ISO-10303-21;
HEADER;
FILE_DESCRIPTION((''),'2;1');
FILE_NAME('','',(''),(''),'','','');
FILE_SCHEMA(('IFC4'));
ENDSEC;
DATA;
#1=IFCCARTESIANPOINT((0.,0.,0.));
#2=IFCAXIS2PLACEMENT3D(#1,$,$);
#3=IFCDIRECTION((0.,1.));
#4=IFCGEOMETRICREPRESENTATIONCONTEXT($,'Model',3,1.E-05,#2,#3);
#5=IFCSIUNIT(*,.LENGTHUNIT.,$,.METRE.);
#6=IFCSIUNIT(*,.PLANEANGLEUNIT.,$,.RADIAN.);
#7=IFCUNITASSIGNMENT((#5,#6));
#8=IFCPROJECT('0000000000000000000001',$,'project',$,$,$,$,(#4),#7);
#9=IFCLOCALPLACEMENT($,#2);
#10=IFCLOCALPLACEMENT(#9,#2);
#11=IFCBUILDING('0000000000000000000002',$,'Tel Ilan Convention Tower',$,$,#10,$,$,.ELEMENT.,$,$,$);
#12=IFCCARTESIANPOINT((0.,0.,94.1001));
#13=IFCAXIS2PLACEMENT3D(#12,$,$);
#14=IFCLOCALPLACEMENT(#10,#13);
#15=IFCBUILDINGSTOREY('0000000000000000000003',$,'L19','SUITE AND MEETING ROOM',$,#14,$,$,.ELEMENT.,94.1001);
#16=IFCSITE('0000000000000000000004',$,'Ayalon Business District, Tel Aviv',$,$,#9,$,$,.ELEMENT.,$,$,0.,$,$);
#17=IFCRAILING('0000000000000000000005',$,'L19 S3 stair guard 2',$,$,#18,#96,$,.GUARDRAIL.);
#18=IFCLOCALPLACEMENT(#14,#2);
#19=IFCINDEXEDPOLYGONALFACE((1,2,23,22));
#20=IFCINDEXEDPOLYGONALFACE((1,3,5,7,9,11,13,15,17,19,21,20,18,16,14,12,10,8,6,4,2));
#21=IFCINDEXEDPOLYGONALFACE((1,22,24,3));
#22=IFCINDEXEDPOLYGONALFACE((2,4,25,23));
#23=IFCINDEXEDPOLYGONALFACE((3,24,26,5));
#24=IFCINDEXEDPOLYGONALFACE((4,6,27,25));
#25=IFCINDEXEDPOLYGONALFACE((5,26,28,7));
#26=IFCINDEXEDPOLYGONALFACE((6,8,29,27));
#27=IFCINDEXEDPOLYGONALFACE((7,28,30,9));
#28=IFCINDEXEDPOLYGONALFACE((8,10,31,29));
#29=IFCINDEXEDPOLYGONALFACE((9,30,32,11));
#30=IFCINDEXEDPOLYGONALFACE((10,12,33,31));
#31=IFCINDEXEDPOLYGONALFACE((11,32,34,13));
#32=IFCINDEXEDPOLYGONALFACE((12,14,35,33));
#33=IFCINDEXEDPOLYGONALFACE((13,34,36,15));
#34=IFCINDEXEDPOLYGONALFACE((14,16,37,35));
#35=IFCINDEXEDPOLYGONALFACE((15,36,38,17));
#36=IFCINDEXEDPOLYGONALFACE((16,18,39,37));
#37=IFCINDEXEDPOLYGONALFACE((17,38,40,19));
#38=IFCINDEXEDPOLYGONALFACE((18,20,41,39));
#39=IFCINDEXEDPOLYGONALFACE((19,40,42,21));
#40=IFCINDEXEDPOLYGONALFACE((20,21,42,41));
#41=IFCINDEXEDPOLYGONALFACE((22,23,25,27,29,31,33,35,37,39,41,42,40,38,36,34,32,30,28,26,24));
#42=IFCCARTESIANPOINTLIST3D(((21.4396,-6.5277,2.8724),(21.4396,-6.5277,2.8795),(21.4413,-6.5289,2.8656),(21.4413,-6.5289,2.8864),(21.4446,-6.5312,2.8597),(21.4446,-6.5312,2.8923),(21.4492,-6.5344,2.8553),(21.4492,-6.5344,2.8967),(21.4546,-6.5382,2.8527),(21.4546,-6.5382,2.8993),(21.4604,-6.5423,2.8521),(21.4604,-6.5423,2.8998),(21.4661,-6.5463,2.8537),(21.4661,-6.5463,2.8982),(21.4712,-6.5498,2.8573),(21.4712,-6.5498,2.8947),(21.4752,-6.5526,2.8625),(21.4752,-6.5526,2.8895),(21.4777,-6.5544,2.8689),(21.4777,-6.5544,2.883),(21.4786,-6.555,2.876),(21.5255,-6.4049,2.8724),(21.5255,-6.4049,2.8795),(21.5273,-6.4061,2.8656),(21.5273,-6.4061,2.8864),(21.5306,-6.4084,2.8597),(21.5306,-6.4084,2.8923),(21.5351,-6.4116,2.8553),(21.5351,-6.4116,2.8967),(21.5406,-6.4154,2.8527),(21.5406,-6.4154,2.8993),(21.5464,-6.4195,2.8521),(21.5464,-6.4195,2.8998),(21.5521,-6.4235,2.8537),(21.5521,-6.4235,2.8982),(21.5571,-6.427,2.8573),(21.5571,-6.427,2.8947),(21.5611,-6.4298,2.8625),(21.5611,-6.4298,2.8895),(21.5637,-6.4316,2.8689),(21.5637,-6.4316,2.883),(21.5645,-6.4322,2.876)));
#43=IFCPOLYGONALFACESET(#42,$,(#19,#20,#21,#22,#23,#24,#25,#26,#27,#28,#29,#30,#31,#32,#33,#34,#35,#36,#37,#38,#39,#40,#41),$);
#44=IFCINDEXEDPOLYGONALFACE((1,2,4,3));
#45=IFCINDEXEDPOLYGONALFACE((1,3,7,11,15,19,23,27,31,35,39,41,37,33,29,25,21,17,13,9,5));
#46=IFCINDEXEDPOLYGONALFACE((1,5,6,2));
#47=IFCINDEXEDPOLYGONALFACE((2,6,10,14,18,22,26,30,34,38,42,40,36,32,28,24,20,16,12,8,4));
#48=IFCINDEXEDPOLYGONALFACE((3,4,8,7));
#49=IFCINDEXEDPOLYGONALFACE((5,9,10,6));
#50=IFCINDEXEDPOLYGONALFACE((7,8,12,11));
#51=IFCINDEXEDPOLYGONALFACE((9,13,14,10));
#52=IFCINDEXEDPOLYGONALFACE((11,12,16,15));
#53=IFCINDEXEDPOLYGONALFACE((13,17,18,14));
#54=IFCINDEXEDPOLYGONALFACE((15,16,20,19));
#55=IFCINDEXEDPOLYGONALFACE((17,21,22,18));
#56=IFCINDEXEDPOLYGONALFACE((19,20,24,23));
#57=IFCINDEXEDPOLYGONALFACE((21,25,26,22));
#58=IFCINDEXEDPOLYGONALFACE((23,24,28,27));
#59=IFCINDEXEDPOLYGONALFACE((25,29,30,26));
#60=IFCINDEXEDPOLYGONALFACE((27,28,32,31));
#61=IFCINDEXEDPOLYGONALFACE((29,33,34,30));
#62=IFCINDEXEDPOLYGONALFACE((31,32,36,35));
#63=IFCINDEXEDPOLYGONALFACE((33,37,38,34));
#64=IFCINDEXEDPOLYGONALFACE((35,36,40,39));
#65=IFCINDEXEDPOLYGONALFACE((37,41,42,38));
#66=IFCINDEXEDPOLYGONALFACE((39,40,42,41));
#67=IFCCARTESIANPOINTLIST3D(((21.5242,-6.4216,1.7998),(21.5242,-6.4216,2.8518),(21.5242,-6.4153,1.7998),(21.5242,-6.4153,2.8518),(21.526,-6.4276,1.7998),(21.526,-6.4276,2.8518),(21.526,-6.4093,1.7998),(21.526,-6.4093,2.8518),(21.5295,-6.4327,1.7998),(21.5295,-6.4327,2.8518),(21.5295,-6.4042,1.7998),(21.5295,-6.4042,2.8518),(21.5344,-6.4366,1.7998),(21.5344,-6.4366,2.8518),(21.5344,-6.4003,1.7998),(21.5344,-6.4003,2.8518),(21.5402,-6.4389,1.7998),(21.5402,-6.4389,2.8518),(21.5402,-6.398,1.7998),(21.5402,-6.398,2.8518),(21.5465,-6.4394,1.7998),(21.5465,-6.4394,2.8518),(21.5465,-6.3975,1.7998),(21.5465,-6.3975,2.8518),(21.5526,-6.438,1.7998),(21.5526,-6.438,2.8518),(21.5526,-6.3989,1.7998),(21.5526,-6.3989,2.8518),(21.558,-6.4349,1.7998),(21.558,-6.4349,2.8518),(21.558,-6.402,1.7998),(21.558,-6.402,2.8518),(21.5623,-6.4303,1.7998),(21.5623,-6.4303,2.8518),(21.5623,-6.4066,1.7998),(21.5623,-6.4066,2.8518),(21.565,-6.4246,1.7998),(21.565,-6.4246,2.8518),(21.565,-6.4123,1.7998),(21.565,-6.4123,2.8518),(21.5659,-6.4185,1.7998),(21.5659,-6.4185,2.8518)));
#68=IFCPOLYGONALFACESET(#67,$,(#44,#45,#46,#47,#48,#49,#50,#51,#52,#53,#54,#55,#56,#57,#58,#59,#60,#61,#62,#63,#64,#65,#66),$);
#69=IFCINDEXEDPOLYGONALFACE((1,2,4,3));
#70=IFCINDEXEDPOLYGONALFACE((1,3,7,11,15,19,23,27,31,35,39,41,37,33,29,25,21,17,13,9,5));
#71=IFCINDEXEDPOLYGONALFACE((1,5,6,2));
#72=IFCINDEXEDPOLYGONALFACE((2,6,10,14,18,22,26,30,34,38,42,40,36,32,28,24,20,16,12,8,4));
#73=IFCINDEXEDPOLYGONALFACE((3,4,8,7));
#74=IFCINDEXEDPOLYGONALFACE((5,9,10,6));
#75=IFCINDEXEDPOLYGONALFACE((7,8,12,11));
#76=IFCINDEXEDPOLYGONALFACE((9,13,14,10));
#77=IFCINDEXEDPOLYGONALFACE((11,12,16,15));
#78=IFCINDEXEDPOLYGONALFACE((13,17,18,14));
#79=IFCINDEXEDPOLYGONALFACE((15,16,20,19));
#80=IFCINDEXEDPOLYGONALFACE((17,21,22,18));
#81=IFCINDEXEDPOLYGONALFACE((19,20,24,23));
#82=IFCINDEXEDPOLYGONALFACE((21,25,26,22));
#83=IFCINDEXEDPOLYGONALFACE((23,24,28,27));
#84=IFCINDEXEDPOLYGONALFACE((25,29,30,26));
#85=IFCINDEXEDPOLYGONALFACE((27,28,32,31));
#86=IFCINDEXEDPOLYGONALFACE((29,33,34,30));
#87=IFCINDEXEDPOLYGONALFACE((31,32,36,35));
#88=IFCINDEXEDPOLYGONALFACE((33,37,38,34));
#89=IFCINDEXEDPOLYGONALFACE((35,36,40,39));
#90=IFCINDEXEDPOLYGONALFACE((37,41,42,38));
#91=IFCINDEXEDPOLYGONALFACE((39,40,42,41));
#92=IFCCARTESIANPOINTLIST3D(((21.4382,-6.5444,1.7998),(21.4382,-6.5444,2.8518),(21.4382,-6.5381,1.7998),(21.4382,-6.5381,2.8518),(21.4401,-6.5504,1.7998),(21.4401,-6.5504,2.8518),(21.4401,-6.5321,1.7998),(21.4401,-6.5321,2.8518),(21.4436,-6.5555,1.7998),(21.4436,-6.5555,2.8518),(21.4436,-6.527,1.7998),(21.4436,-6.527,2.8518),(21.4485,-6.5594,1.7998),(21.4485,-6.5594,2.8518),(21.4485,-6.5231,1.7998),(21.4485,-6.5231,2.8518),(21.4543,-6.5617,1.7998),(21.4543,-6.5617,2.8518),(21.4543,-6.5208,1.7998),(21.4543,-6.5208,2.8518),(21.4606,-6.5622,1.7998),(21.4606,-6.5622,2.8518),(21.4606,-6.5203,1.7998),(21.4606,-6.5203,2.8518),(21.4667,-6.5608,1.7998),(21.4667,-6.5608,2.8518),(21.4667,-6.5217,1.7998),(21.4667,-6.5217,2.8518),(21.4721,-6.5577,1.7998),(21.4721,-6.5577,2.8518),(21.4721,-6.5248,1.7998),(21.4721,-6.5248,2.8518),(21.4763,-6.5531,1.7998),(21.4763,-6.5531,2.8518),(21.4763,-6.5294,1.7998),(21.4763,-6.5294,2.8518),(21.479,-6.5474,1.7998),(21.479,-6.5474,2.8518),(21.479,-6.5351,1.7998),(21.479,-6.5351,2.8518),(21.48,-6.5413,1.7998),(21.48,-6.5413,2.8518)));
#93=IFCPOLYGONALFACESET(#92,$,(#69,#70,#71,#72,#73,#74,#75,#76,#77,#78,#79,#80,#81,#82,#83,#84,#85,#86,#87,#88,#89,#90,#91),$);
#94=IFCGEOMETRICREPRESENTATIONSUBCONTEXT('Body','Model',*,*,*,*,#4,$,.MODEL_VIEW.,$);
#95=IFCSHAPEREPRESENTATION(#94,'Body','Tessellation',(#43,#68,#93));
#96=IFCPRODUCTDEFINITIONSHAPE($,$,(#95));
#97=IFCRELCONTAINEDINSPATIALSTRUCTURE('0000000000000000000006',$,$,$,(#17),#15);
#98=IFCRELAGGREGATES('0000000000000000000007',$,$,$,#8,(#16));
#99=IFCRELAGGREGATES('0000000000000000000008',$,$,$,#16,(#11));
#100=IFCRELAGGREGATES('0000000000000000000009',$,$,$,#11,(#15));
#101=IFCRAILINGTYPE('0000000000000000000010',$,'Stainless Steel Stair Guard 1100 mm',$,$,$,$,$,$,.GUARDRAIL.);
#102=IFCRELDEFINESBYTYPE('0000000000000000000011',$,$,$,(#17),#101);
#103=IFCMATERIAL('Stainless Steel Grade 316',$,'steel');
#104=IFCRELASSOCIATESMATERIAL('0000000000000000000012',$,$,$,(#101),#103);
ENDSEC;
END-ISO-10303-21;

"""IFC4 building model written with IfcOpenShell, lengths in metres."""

from ifc_helpers import new_model, si_unit, direction, frame, origin, origin_2d, place, context, subcontext, project, spatial, circle, extrude, material, type_object, element, save


model = new_model("IFC4")

# Units and contexts
model_context = context("Model", 3, precision=1e-05, world=origin(), true_north=direction((0.0, 1.0)))
body_context = subcontext(model_context, "Body", "Model", "MODEL_VIEW")
ifc_project = project(units=[si_unit("LENGTHUNIT", "METRE"), si_unit("PLANEANGLEUNIT", "RADIAN")], contexts=[model_context])

# Site, building, storey
site_placement = place(None, origin())
site = spatial("IfcSite", under=ifc_project, at=site_placement, Name="Ayalon Business District, Tel Aviv", CompositionType="ELEMENT", RefElevation=0.0)
building_placement = place(site_placement, origin())
building = spatial("IfcBuilding", under=site, at=building_placement, Name="Tel Ilan Convention Tower", CompositionType="ELEMENT")
storey_placement = place(building_placement, frame((0.0, 0.0, 94.1001)))
storey = spatial("IfcBuildingStorey", under=building, at=storey_placement, Name="L19", Description="SUITE AND MEETING ROOM", CompositionType="ELEMENT", Elevation=94.1001)

# Railing
ifc_material_1 = material(Name="Stainless Steel Grade 316", Category="steel")
railing_type_1 = type_object("IfcRailingType", Name="Stainless Steel Stair Guard 1100 mm", PredefinedType="GUARDRAIL", material=ifc_material_1)
railing_1_placement = place(storey_placement, frame((21.5449, -6.4185, 1.7998)))
element("IfcRailing", 1, at=railing_1_placement, inside=storey, type_object=railing_type_1, Name="L19 S3 stair guard 2", PredefinedType="GUARDRAIL", context=body_context, shape_type="SweptSolid", body=[
    extrude(circle(Radius=0.0239, at=origin_2d()), frame((0.0, 0.0, 1.0762), z_axis=(-0.573353, -0.819308, 0.0), x_axis=(0.819308, -0.573353, 0.0)), (0.0, 0.0, 1.0), 0.1499),
    extrude(circle(Radius=0.021, at=origin_2d()), origin(), (0.0, 0.0, 1.0), 1.052),
    extrude(circle(Radius=0.021, at=origin_2d()), frame((-0.0859, -0.1228, 0.0)), (0.0, 0.0, 1.0), 1.052),
])

save(model, "model.ifc")
